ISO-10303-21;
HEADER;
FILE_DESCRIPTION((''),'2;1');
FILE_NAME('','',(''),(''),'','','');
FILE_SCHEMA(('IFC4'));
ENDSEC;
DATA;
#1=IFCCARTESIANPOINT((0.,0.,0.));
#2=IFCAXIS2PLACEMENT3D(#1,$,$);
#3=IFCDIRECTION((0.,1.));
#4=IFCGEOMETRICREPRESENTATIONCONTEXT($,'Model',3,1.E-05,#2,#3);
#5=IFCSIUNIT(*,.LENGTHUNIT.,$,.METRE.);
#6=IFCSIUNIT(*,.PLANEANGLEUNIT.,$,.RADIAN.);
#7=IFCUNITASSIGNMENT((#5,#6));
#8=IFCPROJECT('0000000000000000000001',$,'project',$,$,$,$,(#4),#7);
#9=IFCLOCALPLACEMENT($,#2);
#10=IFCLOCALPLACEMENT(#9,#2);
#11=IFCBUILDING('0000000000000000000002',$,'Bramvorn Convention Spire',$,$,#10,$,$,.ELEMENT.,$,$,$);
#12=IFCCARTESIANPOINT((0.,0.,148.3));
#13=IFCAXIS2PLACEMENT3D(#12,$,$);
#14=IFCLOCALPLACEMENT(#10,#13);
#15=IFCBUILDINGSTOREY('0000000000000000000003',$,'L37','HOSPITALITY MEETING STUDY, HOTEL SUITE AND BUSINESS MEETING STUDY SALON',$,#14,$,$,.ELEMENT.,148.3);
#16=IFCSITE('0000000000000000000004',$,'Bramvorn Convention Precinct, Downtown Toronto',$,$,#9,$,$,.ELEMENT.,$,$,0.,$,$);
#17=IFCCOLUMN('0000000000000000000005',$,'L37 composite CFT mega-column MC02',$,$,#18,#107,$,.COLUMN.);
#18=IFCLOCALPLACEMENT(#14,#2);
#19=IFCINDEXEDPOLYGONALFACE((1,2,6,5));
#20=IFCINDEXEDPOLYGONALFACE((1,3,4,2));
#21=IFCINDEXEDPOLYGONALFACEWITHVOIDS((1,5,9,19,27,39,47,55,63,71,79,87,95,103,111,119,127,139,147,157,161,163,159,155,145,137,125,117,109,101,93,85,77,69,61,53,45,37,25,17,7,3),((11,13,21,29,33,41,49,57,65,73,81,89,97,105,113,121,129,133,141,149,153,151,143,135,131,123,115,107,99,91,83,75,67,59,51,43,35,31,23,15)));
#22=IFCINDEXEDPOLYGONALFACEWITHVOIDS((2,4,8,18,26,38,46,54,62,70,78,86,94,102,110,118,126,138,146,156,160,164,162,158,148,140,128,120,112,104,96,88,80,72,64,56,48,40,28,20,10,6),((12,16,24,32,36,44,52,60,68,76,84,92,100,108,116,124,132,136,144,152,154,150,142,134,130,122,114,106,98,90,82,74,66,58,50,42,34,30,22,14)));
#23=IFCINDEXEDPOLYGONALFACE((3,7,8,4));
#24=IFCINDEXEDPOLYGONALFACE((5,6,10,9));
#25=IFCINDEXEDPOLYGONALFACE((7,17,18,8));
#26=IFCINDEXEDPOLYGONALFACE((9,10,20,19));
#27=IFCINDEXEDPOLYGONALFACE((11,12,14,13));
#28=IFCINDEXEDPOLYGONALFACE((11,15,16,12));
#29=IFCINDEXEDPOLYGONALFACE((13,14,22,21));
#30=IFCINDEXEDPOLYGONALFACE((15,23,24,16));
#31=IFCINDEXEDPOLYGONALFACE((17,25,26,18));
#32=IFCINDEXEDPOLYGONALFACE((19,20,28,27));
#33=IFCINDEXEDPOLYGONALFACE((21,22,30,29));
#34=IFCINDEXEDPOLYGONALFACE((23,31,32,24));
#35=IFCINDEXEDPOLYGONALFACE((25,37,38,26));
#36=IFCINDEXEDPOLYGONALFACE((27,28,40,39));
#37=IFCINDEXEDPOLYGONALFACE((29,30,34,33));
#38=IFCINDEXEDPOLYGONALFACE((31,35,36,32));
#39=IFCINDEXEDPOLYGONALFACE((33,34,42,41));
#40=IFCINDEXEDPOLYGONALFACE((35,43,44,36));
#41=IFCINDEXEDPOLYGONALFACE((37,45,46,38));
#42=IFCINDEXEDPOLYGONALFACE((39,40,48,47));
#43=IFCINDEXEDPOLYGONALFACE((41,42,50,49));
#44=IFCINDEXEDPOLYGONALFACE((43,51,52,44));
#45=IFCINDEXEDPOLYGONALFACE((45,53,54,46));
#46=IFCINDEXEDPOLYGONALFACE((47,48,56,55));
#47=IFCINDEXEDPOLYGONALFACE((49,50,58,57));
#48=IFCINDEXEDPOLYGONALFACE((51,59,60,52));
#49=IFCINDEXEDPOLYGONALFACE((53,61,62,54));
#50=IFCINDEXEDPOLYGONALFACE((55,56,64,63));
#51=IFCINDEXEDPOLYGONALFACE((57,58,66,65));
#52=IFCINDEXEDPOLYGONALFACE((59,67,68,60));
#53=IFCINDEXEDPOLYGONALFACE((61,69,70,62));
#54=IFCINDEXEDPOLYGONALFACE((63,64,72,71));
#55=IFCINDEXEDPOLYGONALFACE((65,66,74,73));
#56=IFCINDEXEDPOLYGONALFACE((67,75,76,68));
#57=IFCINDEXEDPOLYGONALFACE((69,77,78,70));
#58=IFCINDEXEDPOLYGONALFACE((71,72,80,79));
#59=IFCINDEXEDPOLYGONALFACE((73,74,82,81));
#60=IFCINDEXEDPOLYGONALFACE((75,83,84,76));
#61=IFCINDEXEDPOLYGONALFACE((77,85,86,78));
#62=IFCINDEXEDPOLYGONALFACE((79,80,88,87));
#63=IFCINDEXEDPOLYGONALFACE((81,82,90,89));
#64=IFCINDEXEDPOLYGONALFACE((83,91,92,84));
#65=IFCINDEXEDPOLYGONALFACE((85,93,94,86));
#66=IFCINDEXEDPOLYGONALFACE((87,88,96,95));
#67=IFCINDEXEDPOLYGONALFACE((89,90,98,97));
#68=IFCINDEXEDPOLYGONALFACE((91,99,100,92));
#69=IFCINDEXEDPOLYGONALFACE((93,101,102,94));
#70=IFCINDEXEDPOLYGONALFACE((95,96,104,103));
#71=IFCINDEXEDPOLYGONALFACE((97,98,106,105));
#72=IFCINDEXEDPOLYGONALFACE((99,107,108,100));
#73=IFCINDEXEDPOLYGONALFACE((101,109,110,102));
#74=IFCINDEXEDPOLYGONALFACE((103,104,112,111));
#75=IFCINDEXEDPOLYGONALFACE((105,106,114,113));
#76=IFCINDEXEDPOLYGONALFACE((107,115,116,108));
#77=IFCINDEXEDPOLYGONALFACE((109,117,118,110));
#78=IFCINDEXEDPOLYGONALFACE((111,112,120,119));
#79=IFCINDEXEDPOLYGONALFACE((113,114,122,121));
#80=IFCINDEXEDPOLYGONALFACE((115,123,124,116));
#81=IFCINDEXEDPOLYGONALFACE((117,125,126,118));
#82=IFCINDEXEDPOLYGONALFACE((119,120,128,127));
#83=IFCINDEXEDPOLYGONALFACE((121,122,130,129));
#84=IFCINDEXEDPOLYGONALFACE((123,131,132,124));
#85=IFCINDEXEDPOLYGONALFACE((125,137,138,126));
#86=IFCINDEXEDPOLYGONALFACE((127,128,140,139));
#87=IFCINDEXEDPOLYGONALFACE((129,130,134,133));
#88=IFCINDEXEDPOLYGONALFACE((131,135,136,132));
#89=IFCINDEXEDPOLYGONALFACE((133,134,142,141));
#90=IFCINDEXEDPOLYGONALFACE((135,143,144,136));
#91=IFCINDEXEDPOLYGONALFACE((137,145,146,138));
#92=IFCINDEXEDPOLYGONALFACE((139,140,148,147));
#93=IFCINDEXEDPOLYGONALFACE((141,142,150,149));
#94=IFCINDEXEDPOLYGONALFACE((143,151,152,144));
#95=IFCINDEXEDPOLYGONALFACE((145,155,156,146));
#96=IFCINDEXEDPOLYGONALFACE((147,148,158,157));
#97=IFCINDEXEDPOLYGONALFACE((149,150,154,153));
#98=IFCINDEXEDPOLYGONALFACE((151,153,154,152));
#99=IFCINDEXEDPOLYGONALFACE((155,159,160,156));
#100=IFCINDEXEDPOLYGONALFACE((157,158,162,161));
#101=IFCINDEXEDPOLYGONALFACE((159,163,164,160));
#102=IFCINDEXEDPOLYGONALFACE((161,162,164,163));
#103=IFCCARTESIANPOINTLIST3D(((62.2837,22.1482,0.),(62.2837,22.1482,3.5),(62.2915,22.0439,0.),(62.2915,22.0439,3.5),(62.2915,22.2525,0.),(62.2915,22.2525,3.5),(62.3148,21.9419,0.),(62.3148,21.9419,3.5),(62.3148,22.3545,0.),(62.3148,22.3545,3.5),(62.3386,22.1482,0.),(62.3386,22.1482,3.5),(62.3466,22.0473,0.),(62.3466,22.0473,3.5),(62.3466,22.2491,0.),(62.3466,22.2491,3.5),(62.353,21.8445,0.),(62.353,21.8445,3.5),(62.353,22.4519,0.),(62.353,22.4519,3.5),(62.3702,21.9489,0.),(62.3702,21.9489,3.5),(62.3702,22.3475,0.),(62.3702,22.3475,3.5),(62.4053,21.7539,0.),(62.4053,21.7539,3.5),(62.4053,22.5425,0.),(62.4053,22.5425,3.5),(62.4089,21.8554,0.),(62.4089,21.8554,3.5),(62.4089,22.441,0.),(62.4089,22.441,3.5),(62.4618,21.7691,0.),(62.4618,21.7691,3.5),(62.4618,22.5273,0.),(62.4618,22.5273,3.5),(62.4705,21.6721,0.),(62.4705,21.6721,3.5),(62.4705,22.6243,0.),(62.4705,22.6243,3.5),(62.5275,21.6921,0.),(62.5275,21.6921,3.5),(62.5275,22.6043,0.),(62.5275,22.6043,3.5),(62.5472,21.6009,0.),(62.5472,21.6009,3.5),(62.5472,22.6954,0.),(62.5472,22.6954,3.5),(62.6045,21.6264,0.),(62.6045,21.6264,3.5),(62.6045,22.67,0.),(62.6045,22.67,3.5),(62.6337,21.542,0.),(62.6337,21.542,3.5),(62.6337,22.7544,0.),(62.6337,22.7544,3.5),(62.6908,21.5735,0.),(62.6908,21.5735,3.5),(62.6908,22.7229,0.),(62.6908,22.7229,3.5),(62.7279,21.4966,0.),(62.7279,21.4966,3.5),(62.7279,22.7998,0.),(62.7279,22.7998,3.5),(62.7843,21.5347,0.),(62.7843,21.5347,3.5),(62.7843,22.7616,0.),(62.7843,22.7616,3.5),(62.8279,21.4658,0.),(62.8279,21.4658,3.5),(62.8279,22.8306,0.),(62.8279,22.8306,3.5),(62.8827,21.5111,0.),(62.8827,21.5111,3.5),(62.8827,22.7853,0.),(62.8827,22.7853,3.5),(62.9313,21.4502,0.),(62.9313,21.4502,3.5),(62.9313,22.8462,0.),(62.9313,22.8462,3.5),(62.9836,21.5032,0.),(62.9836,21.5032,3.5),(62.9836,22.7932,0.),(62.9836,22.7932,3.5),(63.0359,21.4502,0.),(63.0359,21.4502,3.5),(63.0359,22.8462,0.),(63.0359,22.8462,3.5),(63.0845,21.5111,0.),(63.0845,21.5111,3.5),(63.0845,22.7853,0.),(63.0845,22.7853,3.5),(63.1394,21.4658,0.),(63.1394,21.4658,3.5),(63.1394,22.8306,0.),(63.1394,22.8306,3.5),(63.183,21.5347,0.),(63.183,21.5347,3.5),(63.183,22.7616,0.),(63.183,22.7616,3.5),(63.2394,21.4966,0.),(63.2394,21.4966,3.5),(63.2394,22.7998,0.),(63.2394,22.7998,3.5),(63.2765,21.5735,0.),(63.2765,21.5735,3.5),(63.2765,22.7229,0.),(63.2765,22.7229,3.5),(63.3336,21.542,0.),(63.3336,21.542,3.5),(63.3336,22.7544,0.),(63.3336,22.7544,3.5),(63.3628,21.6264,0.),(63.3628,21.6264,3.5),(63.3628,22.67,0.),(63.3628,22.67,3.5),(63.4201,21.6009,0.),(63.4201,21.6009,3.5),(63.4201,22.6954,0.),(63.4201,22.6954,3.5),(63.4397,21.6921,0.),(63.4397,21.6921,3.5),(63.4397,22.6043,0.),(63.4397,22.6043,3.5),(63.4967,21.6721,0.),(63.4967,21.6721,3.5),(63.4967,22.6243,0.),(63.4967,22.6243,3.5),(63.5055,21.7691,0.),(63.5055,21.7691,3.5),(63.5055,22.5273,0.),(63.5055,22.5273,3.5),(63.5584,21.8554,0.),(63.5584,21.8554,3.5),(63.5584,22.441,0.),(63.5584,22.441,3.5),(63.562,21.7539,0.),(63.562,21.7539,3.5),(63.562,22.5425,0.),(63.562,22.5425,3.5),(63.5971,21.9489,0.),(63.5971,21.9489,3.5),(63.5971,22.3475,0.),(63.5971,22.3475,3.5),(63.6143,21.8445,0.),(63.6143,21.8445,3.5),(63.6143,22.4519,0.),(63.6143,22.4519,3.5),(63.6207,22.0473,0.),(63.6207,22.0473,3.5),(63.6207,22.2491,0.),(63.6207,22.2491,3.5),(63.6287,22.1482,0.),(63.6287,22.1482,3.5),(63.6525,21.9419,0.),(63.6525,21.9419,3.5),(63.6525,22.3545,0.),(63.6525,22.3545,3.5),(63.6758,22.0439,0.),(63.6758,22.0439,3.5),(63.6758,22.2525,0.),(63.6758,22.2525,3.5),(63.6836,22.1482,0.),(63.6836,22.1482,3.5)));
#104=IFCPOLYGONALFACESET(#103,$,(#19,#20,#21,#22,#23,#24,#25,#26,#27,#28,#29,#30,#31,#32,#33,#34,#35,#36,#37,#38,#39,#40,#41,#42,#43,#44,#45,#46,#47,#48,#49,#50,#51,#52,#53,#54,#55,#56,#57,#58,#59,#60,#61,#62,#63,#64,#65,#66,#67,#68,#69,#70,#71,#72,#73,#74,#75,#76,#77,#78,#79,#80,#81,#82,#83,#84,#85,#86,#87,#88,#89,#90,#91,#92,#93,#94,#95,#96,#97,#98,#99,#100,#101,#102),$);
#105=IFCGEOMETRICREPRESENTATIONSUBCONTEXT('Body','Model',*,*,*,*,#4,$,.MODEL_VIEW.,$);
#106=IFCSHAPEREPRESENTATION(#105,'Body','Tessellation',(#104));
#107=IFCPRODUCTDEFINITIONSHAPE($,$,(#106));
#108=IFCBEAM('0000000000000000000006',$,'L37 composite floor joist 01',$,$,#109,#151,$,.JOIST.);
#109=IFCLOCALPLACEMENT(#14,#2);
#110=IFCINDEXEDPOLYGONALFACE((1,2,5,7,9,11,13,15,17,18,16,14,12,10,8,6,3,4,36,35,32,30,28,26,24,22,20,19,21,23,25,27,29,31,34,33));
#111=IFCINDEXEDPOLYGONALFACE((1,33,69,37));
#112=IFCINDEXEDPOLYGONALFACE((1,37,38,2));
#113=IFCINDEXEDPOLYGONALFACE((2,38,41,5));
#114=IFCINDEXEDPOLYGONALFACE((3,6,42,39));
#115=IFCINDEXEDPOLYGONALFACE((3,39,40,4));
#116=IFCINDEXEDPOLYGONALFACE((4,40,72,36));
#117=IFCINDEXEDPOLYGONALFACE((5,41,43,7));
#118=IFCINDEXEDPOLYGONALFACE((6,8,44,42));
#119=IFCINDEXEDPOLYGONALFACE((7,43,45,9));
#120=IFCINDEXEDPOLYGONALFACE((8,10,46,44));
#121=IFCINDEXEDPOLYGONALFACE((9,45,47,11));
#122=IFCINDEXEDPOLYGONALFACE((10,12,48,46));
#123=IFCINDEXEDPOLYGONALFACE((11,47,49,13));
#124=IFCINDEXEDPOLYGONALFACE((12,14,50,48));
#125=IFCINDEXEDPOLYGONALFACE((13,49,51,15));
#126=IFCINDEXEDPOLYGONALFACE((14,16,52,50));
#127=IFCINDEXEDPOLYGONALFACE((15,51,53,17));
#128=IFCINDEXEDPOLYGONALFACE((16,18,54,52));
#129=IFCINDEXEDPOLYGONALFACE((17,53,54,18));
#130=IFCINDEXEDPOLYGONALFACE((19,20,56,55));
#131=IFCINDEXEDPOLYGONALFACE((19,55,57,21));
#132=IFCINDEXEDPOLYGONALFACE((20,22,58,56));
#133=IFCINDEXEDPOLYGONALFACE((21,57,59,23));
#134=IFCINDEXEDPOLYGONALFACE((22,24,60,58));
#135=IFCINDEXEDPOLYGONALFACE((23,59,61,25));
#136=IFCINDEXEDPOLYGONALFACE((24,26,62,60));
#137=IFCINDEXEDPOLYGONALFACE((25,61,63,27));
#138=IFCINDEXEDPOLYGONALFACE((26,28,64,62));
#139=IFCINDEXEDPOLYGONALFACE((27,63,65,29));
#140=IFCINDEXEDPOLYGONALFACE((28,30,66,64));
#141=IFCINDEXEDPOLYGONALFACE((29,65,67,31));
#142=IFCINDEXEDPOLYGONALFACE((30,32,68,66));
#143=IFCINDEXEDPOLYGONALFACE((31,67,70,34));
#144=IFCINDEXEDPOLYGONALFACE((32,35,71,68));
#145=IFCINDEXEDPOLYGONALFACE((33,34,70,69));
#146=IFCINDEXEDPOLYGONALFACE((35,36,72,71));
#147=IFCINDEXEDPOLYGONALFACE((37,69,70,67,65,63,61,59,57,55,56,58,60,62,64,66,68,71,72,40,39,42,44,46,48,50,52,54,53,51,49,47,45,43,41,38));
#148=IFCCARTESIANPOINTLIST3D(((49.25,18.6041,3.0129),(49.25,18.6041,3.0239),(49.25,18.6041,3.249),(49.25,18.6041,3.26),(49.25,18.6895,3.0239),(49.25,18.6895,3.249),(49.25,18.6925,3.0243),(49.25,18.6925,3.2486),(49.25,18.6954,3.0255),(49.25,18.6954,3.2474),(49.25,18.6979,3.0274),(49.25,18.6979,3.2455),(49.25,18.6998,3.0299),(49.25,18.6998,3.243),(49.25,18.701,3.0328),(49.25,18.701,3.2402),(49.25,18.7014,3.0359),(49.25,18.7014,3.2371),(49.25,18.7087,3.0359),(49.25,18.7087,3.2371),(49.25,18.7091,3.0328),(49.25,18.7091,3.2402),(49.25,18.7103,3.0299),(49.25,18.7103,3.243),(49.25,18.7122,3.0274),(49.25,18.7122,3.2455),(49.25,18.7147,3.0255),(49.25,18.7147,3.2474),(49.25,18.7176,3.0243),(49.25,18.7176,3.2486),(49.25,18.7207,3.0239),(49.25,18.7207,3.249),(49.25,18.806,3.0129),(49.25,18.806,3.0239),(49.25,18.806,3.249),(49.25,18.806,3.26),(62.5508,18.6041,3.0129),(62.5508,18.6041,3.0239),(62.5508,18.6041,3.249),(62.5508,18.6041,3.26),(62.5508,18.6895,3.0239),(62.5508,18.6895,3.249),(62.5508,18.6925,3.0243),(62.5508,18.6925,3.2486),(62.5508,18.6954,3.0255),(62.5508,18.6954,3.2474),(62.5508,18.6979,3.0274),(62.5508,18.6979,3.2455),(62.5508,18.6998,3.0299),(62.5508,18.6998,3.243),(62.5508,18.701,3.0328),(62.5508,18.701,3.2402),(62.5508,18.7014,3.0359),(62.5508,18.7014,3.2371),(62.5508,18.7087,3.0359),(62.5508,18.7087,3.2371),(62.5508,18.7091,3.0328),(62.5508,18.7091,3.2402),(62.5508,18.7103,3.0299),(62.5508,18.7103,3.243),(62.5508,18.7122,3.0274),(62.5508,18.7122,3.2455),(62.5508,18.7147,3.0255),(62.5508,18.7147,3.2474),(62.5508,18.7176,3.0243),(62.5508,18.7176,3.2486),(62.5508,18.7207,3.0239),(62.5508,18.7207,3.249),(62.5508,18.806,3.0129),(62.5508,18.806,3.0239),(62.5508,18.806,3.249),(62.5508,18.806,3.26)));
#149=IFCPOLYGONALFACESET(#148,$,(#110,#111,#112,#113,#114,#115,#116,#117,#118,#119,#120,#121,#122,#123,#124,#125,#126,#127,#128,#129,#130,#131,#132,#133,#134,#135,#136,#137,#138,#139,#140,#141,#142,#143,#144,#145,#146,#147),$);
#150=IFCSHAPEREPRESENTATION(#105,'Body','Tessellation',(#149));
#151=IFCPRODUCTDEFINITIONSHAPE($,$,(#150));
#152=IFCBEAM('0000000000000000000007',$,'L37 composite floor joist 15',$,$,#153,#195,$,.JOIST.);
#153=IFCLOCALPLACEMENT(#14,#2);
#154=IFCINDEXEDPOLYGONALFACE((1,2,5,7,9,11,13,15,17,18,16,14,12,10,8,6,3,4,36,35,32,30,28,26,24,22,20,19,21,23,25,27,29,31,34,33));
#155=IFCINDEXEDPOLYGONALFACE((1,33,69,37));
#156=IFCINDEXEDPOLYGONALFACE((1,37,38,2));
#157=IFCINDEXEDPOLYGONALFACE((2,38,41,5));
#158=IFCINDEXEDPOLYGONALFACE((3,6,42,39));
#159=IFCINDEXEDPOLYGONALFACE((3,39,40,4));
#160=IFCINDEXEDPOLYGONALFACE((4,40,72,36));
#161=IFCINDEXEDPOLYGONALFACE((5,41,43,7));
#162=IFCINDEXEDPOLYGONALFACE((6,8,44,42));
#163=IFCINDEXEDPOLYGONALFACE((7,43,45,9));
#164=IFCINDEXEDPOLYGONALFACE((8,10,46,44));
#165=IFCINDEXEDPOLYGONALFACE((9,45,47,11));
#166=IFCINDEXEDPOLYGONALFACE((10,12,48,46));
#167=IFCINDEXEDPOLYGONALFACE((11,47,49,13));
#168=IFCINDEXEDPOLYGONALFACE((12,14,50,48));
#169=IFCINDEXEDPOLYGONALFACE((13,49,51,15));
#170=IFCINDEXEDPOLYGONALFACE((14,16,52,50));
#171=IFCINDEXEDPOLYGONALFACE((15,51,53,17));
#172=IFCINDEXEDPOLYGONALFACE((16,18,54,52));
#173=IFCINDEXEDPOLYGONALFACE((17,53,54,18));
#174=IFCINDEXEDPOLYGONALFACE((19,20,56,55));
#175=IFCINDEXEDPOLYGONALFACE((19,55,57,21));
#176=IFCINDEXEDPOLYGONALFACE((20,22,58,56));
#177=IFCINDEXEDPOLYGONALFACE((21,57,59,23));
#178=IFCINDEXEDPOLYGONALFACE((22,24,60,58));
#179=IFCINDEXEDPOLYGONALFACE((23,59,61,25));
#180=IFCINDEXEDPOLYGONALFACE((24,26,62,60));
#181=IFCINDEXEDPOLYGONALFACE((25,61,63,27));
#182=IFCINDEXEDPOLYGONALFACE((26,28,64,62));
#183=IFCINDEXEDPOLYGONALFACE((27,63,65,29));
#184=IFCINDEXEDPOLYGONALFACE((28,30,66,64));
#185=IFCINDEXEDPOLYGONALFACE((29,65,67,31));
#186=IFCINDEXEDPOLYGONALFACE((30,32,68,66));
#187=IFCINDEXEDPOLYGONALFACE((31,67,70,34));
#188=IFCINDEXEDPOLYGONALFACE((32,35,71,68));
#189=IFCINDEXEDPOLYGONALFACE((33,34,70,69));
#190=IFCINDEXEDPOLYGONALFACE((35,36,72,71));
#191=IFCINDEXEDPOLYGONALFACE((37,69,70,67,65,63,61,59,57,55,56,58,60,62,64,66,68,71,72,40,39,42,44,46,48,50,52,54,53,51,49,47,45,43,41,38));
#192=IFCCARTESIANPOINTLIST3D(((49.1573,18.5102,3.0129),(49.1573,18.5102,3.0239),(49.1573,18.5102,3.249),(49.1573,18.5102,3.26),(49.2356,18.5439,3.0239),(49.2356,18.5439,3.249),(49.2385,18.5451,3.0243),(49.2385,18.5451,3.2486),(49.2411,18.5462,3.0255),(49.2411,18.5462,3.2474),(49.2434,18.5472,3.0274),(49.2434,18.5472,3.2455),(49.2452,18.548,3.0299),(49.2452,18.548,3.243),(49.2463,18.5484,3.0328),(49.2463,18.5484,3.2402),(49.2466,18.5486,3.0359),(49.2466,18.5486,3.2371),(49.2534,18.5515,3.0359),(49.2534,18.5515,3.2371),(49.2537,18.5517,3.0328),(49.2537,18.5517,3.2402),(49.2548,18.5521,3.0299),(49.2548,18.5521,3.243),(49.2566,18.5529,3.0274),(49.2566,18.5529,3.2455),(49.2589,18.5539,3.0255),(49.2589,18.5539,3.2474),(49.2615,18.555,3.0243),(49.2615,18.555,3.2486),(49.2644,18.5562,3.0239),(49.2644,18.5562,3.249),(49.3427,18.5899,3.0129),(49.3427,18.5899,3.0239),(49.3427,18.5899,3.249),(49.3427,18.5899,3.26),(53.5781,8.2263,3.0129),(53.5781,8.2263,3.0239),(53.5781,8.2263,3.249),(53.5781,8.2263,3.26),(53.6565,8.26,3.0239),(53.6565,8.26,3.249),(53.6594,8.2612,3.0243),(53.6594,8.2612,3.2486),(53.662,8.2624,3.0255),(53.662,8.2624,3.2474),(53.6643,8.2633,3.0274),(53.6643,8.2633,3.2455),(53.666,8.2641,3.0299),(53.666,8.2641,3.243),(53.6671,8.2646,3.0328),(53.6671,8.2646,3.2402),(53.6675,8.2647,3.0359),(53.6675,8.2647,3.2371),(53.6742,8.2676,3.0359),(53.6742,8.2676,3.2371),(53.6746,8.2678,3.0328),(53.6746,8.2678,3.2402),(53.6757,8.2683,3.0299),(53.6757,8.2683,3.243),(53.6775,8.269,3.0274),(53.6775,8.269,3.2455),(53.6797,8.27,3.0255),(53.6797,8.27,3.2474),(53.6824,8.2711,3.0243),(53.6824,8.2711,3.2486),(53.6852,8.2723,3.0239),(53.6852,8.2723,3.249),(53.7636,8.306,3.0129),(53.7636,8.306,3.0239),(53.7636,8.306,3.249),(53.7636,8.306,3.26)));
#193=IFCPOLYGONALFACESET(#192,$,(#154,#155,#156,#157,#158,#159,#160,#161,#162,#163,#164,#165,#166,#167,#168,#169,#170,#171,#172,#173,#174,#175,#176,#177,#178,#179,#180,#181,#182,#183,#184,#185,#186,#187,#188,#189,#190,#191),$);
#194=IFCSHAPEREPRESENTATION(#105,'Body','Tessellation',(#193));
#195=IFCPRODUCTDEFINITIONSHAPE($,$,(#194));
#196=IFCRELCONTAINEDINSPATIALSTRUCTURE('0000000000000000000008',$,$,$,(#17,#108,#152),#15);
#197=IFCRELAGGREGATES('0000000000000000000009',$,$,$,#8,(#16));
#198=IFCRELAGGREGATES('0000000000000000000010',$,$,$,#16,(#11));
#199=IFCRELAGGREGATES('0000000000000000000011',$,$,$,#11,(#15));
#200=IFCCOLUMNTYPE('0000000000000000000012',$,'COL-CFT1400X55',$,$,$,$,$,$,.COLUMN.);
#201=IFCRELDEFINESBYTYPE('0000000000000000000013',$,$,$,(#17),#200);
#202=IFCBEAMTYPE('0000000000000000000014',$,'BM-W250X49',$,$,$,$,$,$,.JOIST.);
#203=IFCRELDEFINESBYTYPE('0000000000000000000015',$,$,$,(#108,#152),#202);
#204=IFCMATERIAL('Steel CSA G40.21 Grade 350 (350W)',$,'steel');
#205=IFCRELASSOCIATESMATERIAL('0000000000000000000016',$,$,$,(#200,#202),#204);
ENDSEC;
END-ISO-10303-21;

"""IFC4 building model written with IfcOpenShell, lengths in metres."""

from ifc_helpers import new_model, si_unit, direction, frame, origin, origin_2d, place, context, subcontext, project, spatial, hollow_circle, i_section, extrude, material, material_profile, profile_set, type_object, element, save


model = new_model("IFC4")

# Units and contexts
model_context = context("Model", 3, precision=1e-05, world=origin(), true_north=direction((0.0, 1.0)))
body_context = subcontext(model_context, "Body", "Model", "MODEL_VIEW")
ifc_project = project(units=[si_unit("LENGTHUNIT", "METRE"), si_unit("PLANEANGLEUNIT", "RADIAN")], contexts=[model_context])

# Site, building, storey
site_placement = place(None, origin())
site = spatial("IfcSite", under=ifc_project, at=site_placement, Name="Bramvorn Convention Precinct, Downtown Toronto", CompositionType="ELEMENT", RefElevation=0.0)
building_placement = place(site_placement, origin())
building = spatial("IfcBuilding", under=site, at=building_placement, Name="Bramvorn Convention Spire", CompositionType="ELEMENT")
storey_placement = place(building_placement, frame((0.0, 0.0, 148.3)))
storey = spatial("IfcBuildingStorey", under=building, at=storey_placement, Name="L37", Description="HOSPITALITY MEETING STUDY, HOTEL SUITE AND BUSINESS MEETING STUDY SALON", CompositionType="ELEMENT", Elevation=148.3)

# Column
ifc_material_1 = material(Name="Steel CSA G40.21 Grade 350 (350W)", Category="steel")
ifc_material_profile_1 = material_profile(ifc_material_1, hollow_circle(Radius=0.7, WallThickness=0.0549, at=origin_2d()))
ifc_profile_set_1 = profile_set([ifc_material_profile_1], Name="Steel CSA G40.21 Grade 350 (350W) - CFT1400X55")
column_type = type_object("IfcColumnType", Name="COL-CFT1400X55", PredefinedType="COLUMN", material=ifc_profile_set_1)
column_placement = place(storey_placement, frame((62.9836, 22.1482, 0.0), z_axis=(0.0, 0.0, 1.0), x_axis=(1.0, 0.0, 0.0)))
element("IfcColumn", 1, at=column_placement, inside=storey, type_object=column_type, Name="L37 composite CFT mega-column MC02", PredefinedType="COLUMN", context=body_context, shape_type="SweptSolid", body=[
    extrude(hollow_circle(Radius=0.7, WallThickness=0.0549, at=origin_2d()), origin(), (0.0, 0.0, 1.0), 3.5),
])

# Beams
ifc_material_profile_2 = material_profile(ifc_material_1, i_section(OverallWidth=0.2019, OverallDepth=0.2471, WebThickness=0.0073, FlangeThickness=0.011, FilletRadius=0.012, at=origin_2d()))
ifc_profile_set_2 = profile_set([ifc_material_profile_2], Name="Steel CSA G40.21 Grade 350 (350W) - W250X49")
beam_type_1 = type_object("IfcBeamType", Name="BM-W250X49", PredefinedType="JOIST", material=ifc_profile_set_2)
beam_1_placement = place(storey_placement, frame((49.25, 18.7051, 3.1365), z_axis=(1.0, 0.0, 0.0), x_axis=(0.0, 1.0, 0.0)))
element("IfcBeam", 2, at=beam_1_placement, inside=storey, type_object=beam_type_1, Name="L37 composite floor joist 01", PredefinedType="JOIST", context=body_context, shape_type="SweptSolid", body=[
    extrude(i_section(OverallWidth=0.2019, OverallDepth=0.2471, WebThickness=0.0073, FlangeThickness=0.011, FilletRadius=0.012, at=origin_2d()), origin(), (0.0, 0.0, 1.0), 13.3008),
])
beam_2_placement = place(storey_placement, frame((49.25, 18.55, 3.1365), z_axis=(0.394938, -0.918708, 0.0), x_axis=(0.918708, 0.394938, 0.0)))
element("IfcBeam", 3, at=beam_2_placement, inside=storey, type_object=beam_type_1, Name="L37 composite floor joist 15", PredefinedType="JOIST", context=body_context, shape_type="SweptSolid", body=[
    extrude(i_section(OverallWidth=0.2019, OverallDepth=0.2471, WebThickness=0.0073, FlangeThickness=0.011, FilletRadius=0.012, at=origin_2d()), origin(), (0.0, 0.0, 1.0), 11.1938),
])

save(model, "model.ifc")
